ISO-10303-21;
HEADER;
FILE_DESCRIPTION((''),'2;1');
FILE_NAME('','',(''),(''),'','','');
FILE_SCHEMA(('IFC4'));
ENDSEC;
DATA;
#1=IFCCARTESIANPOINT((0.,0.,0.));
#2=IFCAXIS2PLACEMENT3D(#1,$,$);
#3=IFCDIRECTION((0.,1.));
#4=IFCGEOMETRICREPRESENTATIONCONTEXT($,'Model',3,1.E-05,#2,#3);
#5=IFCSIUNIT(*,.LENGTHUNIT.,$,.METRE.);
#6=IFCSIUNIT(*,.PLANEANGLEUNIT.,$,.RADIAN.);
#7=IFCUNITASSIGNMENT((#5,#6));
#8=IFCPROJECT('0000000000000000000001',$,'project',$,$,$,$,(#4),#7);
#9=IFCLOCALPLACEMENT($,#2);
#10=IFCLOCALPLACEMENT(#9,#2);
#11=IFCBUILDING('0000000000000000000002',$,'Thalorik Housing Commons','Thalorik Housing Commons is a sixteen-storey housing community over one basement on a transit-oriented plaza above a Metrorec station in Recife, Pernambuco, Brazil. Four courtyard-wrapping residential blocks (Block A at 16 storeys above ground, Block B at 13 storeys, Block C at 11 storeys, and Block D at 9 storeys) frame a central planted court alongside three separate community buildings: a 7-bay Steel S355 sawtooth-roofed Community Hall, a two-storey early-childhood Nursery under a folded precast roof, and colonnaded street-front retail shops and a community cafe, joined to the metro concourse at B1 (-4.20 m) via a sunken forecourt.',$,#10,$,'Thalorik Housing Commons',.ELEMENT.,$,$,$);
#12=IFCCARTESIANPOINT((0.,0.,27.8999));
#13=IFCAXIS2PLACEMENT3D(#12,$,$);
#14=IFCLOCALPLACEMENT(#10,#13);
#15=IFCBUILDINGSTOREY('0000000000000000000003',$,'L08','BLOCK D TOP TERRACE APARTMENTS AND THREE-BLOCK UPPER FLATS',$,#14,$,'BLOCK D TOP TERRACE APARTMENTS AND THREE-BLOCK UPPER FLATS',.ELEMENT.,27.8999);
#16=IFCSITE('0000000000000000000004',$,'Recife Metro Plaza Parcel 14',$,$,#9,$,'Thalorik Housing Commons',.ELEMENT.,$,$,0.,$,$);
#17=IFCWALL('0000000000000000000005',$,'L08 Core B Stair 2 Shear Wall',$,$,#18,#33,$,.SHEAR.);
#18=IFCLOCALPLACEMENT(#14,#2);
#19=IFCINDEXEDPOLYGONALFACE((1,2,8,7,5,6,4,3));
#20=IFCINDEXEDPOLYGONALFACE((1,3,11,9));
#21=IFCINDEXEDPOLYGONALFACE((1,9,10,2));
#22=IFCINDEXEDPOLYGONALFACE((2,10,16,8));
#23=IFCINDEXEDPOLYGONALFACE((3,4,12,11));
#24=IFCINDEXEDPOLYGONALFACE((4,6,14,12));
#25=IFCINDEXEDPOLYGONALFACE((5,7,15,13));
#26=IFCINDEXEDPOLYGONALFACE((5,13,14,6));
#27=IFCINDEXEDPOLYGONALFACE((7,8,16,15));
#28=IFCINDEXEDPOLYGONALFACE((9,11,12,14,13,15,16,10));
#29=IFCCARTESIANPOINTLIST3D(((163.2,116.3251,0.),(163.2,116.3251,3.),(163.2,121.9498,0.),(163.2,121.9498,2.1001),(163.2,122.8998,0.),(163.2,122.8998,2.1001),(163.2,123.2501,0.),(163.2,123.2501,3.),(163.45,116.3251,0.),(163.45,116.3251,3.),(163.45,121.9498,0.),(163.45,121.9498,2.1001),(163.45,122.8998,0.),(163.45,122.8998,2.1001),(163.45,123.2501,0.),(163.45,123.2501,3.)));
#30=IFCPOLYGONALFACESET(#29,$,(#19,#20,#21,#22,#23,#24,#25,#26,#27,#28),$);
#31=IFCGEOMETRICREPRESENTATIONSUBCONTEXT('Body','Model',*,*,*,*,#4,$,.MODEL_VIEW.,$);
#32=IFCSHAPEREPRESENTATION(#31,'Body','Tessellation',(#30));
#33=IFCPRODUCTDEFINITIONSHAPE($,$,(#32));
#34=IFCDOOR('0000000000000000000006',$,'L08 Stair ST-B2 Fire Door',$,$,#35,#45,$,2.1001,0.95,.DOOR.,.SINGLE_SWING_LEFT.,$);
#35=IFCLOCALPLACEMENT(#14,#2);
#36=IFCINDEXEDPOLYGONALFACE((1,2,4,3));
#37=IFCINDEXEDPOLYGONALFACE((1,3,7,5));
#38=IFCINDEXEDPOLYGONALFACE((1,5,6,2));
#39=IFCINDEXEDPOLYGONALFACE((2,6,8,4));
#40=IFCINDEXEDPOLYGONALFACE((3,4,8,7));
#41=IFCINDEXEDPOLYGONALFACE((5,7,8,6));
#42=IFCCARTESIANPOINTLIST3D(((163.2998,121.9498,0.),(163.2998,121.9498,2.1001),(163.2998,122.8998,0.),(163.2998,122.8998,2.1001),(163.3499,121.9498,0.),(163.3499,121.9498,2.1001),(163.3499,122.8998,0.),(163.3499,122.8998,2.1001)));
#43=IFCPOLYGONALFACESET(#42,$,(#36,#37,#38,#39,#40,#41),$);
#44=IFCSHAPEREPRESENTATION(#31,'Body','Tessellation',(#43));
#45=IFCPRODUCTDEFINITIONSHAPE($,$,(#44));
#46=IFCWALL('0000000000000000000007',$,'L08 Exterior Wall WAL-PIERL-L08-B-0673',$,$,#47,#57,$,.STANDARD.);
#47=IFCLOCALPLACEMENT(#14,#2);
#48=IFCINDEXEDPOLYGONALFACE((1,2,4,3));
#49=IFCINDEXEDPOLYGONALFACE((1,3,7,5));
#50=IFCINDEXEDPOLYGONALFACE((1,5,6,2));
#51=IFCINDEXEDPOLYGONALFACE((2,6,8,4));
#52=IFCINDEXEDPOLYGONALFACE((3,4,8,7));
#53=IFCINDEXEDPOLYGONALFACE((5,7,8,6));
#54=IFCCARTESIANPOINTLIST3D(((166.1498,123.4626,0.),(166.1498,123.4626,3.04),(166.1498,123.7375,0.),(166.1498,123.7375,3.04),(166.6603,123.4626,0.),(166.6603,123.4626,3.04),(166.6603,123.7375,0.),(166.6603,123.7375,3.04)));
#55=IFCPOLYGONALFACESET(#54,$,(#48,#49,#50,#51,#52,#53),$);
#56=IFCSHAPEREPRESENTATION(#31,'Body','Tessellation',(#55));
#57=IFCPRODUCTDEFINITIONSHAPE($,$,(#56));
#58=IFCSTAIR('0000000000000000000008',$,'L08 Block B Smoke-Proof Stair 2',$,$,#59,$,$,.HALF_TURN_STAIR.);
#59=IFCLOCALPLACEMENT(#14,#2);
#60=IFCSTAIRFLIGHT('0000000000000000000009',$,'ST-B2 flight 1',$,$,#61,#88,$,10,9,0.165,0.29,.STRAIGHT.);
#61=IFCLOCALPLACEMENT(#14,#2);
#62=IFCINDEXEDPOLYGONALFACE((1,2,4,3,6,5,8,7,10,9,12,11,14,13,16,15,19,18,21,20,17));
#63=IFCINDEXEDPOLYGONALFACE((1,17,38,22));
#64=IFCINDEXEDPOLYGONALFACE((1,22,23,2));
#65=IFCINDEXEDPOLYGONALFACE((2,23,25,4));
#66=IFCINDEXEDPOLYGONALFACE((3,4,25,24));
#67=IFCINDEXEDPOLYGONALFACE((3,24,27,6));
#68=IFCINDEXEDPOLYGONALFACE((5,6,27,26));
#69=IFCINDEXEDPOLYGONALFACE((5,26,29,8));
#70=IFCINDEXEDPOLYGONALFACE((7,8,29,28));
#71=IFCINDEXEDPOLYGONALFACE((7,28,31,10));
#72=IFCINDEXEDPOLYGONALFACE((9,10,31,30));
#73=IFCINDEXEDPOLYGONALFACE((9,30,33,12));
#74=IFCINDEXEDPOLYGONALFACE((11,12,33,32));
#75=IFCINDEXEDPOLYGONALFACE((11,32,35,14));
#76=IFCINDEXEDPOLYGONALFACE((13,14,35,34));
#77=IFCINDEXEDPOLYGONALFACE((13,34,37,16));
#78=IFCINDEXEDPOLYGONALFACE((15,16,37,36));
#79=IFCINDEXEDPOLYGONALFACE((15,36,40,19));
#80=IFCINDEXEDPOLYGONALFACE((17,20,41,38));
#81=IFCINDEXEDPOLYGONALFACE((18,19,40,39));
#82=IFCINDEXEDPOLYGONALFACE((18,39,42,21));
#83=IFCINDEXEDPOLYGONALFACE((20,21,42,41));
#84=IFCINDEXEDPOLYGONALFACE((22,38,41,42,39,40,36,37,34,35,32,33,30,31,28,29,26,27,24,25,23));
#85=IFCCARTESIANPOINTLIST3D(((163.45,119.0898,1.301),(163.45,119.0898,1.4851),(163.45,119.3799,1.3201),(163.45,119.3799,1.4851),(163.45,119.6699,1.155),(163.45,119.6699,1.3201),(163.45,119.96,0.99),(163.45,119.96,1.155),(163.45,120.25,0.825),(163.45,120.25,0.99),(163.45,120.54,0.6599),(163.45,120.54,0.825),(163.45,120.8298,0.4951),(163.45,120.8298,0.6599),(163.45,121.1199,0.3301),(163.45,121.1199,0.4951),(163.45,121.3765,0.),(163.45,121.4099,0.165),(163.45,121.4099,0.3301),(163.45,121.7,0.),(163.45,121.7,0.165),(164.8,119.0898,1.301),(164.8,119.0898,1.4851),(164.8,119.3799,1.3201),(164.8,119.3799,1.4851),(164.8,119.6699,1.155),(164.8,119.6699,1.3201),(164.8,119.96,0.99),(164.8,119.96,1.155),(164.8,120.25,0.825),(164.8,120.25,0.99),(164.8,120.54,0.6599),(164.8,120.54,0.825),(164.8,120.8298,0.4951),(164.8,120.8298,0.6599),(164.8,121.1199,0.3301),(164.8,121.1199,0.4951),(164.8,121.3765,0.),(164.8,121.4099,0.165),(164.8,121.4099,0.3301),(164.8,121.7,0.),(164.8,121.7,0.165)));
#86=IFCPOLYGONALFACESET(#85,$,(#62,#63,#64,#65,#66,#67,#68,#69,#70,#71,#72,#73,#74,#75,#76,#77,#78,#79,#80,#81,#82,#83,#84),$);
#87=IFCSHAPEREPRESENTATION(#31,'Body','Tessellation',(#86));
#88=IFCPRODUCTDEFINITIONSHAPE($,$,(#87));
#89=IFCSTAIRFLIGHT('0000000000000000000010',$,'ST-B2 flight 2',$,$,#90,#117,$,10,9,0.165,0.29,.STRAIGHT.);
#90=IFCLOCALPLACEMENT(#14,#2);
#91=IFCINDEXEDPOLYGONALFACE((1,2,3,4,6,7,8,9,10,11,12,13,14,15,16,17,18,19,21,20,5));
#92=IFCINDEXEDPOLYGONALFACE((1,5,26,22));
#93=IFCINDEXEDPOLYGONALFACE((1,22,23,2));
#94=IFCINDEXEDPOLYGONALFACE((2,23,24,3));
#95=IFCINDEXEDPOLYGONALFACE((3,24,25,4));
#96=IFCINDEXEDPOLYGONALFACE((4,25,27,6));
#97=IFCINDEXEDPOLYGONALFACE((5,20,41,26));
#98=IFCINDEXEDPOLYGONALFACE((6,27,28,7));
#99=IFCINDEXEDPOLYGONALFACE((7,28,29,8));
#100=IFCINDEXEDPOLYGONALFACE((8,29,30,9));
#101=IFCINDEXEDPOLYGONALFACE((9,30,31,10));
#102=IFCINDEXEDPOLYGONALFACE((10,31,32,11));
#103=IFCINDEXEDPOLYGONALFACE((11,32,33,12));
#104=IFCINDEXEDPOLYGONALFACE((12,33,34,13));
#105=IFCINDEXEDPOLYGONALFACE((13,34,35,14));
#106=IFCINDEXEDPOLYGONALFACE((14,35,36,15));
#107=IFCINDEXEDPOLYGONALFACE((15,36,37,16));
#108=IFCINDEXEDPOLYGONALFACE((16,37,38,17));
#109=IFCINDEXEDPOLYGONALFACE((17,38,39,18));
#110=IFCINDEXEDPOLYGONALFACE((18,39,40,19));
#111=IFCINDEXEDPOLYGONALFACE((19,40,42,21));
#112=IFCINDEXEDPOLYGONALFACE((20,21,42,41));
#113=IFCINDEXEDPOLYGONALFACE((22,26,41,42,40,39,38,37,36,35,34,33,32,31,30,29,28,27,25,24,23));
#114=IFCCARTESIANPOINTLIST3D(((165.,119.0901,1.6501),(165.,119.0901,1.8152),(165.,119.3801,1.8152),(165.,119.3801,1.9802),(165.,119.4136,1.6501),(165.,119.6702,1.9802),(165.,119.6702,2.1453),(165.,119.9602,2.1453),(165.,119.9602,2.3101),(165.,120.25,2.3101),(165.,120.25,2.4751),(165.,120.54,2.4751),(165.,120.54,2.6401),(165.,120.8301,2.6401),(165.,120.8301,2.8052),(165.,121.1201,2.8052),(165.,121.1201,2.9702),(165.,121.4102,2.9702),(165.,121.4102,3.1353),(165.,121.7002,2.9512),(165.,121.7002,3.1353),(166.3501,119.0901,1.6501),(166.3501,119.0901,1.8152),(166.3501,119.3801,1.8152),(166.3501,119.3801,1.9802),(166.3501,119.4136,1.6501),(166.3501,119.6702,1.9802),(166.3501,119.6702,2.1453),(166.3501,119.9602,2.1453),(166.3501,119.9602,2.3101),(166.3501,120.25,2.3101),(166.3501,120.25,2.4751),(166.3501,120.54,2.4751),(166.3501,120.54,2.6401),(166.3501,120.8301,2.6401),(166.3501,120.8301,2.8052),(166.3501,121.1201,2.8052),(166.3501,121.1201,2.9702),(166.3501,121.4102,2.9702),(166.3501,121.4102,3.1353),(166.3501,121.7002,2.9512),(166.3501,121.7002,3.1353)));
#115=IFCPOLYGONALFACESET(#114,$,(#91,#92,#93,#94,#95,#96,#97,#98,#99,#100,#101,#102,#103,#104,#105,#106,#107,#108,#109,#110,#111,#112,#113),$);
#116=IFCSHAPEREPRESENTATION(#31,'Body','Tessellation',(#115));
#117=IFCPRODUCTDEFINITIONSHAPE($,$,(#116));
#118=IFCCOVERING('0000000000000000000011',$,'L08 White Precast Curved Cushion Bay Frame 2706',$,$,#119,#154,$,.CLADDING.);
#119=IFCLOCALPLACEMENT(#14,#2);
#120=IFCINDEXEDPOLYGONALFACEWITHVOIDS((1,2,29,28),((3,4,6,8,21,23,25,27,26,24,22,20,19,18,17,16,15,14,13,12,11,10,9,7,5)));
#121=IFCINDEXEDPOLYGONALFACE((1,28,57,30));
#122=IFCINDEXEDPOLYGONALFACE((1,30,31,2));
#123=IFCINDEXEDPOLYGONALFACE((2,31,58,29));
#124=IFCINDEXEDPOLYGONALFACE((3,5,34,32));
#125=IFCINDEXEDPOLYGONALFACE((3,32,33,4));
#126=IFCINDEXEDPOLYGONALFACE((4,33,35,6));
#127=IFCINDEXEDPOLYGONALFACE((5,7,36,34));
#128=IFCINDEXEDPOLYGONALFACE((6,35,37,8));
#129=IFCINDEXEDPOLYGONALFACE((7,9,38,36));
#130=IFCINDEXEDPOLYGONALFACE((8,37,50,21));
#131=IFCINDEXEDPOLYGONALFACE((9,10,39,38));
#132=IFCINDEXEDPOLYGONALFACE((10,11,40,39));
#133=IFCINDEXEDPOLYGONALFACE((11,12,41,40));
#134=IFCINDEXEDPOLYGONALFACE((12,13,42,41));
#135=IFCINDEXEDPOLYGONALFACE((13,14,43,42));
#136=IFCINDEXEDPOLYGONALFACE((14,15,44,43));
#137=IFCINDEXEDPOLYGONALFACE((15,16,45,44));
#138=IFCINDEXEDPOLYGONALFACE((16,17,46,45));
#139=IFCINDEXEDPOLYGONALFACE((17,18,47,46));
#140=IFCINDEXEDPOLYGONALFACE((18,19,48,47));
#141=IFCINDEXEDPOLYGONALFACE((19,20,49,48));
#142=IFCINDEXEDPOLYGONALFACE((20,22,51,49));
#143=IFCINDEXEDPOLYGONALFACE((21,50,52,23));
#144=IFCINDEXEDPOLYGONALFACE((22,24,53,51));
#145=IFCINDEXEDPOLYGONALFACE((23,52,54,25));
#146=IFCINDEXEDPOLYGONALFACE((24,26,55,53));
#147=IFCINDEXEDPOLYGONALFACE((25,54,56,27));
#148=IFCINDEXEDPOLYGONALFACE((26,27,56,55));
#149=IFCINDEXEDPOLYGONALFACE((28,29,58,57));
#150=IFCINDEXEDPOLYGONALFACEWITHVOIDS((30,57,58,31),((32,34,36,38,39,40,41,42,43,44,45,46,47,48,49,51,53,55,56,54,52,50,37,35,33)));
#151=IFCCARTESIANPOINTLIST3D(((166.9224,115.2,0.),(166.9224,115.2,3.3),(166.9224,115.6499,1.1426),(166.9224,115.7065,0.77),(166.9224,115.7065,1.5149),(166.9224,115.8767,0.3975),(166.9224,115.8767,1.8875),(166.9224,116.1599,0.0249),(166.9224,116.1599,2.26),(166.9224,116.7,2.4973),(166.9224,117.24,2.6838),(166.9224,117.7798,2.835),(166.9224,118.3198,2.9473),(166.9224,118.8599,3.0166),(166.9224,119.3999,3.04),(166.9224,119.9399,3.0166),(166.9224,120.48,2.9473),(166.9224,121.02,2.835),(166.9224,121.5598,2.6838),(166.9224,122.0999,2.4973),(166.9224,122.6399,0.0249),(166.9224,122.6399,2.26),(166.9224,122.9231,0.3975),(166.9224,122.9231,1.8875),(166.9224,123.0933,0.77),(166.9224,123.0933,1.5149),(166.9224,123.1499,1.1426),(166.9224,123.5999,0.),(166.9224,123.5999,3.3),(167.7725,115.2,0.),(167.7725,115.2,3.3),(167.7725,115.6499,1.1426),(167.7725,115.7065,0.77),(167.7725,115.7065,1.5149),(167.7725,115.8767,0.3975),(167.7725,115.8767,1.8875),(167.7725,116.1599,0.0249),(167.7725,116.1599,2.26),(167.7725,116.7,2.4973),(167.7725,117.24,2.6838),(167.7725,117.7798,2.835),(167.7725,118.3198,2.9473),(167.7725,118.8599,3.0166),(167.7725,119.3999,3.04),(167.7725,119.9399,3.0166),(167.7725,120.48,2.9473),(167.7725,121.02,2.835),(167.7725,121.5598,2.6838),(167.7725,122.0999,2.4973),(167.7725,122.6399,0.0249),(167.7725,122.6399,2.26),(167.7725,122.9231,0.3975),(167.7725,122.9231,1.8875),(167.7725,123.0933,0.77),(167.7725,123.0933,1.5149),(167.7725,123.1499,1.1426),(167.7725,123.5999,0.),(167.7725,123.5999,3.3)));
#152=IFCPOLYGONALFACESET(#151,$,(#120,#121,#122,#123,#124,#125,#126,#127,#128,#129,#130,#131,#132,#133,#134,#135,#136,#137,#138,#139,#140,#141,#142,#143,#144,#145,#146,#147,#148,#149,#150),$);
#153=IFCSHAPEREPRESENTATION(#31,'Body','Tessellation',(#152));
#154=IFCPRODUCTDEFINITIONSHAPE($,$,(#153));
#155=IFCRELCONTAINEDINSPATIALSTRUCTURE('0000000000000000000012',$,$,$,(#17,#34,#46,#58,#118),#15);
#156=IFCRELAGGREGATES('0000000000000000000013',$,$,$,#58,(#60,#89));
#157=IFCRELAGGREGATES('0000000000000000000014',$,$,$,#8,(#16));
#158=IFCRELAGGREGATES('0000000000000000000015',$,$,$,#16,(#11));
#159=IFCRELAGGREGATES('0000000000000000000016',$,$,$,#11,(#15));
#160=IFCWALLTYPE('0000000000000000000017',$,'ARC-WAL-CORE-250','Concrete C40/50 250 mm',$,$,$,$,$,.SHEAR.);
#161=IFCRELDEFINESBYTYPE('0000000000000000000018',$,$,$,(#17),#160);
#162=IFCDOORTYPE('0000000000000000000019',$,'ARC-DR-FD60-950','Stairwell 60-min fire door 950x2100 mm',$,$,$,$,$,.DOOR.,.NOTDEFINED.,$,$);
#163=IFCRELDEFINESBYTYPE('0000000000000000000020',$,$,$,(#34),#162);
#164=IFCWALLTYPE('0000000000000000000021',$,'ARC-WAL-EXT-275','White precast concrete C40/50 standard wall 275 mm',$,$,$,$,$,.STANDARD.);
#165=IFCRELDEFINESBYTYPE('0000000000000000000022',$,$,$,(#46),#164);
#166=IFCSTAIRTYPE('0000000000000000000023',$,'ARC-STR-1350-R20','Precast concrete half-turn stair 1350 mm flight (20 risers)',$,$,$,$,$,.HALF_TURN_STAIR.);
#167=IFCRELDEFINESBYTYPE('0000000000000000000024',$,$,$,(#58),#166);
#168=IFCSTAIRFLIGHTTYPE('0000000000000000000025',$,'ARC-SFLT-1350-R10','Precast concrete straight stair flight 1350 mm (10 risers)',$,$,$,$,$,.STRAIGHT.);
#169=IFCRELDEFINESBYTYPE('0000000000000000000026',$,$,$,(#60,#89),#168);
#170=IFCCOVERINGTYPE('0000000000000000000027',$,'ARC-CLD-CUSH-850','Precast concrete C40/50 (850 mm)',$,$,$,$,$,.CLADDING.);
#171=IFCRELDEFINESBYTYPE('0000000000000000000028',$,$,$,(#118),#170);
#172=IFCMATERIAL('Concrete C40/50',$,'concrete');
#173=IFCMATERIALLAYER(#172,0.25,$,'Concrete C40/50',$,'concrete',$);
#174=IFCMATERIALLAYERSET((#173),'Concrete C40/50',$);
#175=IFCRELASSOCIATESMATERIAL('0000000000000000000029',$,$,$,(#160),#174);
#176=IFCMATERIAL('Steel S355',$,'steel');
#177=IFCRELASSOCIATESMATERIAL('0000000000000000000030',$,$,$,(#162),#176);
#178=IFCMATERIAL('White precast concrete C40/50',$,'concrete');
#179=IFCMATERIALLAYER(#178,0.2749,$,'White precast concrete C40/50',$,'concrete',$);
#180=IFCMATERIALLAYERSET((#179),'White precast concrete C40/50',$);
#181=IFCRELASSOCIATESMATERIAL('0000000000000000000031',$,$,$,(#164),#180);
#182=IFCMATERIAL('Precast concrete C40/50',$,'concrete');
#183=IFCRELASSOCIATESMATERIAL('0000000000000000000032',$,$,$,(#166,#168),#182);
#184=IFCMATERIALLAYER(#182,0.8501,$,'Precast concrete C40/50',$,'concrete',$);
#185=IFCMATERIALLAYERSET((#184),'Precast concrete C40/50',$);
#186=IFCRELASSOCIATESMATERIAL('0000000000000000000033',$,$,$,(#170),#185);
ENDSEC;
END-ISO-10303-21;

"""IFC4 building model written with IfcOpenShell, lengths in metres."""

from ifc_helpers import new_model, si_unit, direction, frame, frame_2d, origin, place, context, subcontext, project, spatial, polyline, rectangle, outline, extrude, material, layer, layer_set, type_object, element, fill, aggregate, save


model = new_model("IFC4")

# Units and contexts
model_context = context("Model", 3, precision=1e-05, world=origin(), true_north=direction((0.0, 1.0)))
body_context = subcontext(model_context, "Body", "Model", "MODEL_VIEW")
ifc_project = project(units=[si_unit("LENGTHUNIT", "METRE"), si_unit("PLANEANGLEUNIT", "RADIAN")], contexts=[model_context])

# Site, building, storey
site_placement = place(None, origin())
site = spatial("IfcSite", under=ifc_project, at=site_placement, Name="Recife Metro Plaza Parcel 14", LongName="Thalorik Housing Commons", CompositionType="ELEMENT", RefElevation=0.0)
building_placement = place(site_placement, origin())
building = spatial("IfcBuilding", under=site, at=building_placement, Name="Thalorik Housing Commons", Description="Thalorik Housing Commons is a sixteen-storey housing community over one basement on a transit-oriented plaza above a Metrorec station in Recife, Pernambuco, Brazil. Four courtyard-wrapping residential blocks (Block A at 16 storeys above ground, Block B at 13 storeys, Block C at 11 storeys, and Block D at 9 storeys) frame a central planted court alongside three separate community buildings: a 7-bay Steel S355 sawtooth-roofed Community Hall, a two-storey early-childhood Nursery under a folded precast roof, and colonnaded street-front retail shops and a community cafe, joined to the metro concourse at B1 (-4.20 m) via a sunken forecourt.", LongName="Thalorik Housing Commons", CompositionType="ELEMENT")
storey_placement = place(building_placement, frame((0.0, 0.0, 27.8999)))
storey = spatial("IfcBuildingStorey", under=building, at=storey_placement, Name="L08", Description="BLOCK D TOP TERRACE APARTMENTS AND THREE-BLOCK UPPER FLATS", LongName="BLOCK D TOP TERRACE APARTMENTS AND THREE-BLOCK UPPER FLATS", CompositionType="ELEMENT", Elevation=27.8999)

# Shared definitions
ifc_material_1 = material(Name="Precast concrete C40/50", Category="concrete")

# Shared definitions
ifc_material_2 = material(Name="Concrete C40/50", Category="concrete")
ifc_layer_1 = layer(ifc_material_2, 0.25, Name="Concrete C40/50", Category="concrete")
ifc_layer_set_1 = layer_set([ifc_layer_1], Name="Concrete C40/50")
wall_type_1 = type_object("IfcWallType", Name="ARC-WAL-CORE-250", Description="Concrete C40/50 250 mm", PredefinedType="SHEAR", material=ifc_layer_set_1)

# Wall, opening, door
wall_1_placement = place(storey_placement, frame((163.325, 123.25, 0.0), z_axis=(0.0, 0.0, 1.0), x_axis=(0.0, -1.0, 0.0)))
wall_1 = element("IfcWall", 1, at=wall_1_placement, inside=storey, type_object=wall_type_1, Name="L08 Core B Stair 2 Shear Wall", PredefinedType="SHEAR", context=body_context, shape_type="SweptSolid", body=[
    extrude(rectangle(XDim=6.925, YDim=0.25, at=frame_2d((3.4624, 0.0))), origin(), (0.0, 0.0, 1.0), 3.0),
])
opening_placement = place(wall_1_placement, frame((0.3501, 0.0, 0.0)))
opening = element("IfcOpeningElement", 2, at=opening_placement, cuts=wall_1, PredefinedType="OPENING", context=body_context, shape_type="SweptSolid", body=[
    extrude(rectangle(XDim=0.95, YDim=2.1001, at=frame_2d((0.4751, 1.05))), frame((0.0, 0.135, 0.0), z_axis=(0.0, -1.0, 0.0), x_axis=(1.0, 0.0, 0.0)), (0.0, 0.0, 1.0), 0.27),
])
ifc_material_3 = material(Name="Steel S355", Category="steel")
door_type = type_object("IfcDoorType", Name="ARC-DR-FD60-950", Description="Stairwell 60-min fire door 950x2100 mm", OperationType="NOTDEFINED", PredefinedType="DOOR", material=ifc_material_3)
door_placement = place(opening_placement, origin())
door = element("IfcDoor", 3, at=door_placement, inside=storey, type_object=door_type, Name="L08 Stair ST-B2 Fire Door", OperationType="SINGLE_SWING_LEFT", OverallHeight=2.1001, OverallWidth=0.95, PredefinedType="DOOR", context=body_context, shape_type="SweptSolid", body=[
    extrude(rectangle(XDim=0.95, YDim=2.1001, at=frame_2d((0.4751, 1.05))), frame((0.0, 0.0249, 0.0), z_axis=(0.0, -1.0, 0.0), x_axis=(1.0, 0.0, 0.0)), (0.0, 0.0, 1.0), 0.05),
])
fill(opening, door)

# Wall
ifc_material_4 = material(Name="White precast concrete C40/50", Category="concrete")
ifc_layer_2 = layer(ifc_material_4, 0.2749, Name="White precast concrete C40/50", Category="concrete")
ifc_layer_set_2 = layer_set([ifc_layer_2], Name="White precast concrete C40/50")
wall_type_2 = type_object("IfcWallType", Name="ARC-WAL-EXT-275", Description="White precast concrete C40/50 standard wall 275 mm", PredefinedType="STANDARD", material=ifc_layer_set_2)
wall_2_placement = place(storey_placement, frame((166.6604, 123.6001, 0.0), z_axis=(0.0, 0.0, 1.0), x_axis=(-1.0, 0.0, 0.0)))
element("IfcWall", 4, at=wall_2_placement, inside=storey, type_object=wall_type_2, Name="L08 Exterior Wall WAL-PIERL-L08-B-0673", PredefinedType="STANDARD", context=body_context, shape_type="SweptSolid", body=[
    extrude(rectangle(XDim=0.5105, YDim=0.2749, at=frame_2d((0.2554, 0.0))), origin(), (0.0, 0.0, 1.0), 3.04),
])

# Stair, stair flights
stair_type = type_object("IfcStairType", Name="ARC-STR-1350-R20", Description="Precast concrete half-turn stair 1350 mm flight (20 risers)", PredefinedType="HALF_TURN_STAIR", material=ifc_material_1)
stair_placement = place(storey_placement, origin())
stair = element("IfcStair", 5, at=stair_placement, inside=storey, type_object=stair_type, Name="L08 Block B Smoke-Proof Stair 2", PredefinedType="HALF_TURN_STAIR")
stair_flight_type = type_object("IfcStairFlightType", Name="ARC-SFLT-1350-R10", Description="Precast concrete straight stair flight 1350 mm (10 risers)", PredefinedType="STRAIGHT", material=ifc_material_1)
stair_flight_1_placement = place(storey_placement, frame((164.125, 121.7, 0.0), z_axis=(0.0, 0.0, 1.0), x_axis=(0.0, -1.0, 0.0)))
stair_flight_1 = element("IfcStairFlight", 6, at=stair_flight_1_placement, type_object=stair_flight_type, Name="ST-B2 flight 1", NumberOfRisers=10, NumberOfTreads=9, PredefinedType="STRAIGHT", RiserHeight=0.165, TreadLength=0.29, context=body_context, shape_type="SweptSolid", body=[
    extrude(outline(polyline([(0.0, 0.0), (0.0, 0.165), (0.29, 0.165), (0.29, 0.3301), (0.5801, 0.3301), (0.5801, 0.4951), (0.8701, 0.4951), (0.8701, 0.6599), (1.1599, 0.6599), (1.1599, 0.825), (1.45, 0.825), (1.45, 0.99), (1.74, 0.99), (1.74, 1.155), (2.03, 1.155), (2.03, 1.3201), (2.3201, 1.3201), (2.3201, 1.4851), (2.6101, 1.4851), (2.6101, 1.6499), (2.6101, 1.301), (0.3235, 0.0), (0.0, 0.0)])), frame((0.0, 0.675, 0.0), z_axis=(0.0, -1.0, 0.0), x_axis=(1.0, 0.0, 0.0)), (0.0, 0.0, 1.0), 1.3501),
])
stair_flight_2_placement = place(storey_placement, frame((165.675, 119.0901, 1.6501), z_axis=(0.0, 0.0, 1.0), x_axis=(0.0, 1.0, 0.0)))
stair_flight_2 = element("IfcStairFlight", 7, at=stair_flight_2_placement, type_object=stair_flight_type, Name="ST-B2 flight 2", NumberOfRisers=10, NumberOfTreads=9, PredefinedType="STRAIGHT", RiserHeight=0.165, TreadLength=0.29, context=body_context, shape_type="SweptSolid", body=[
    extrude(outline(polyline([(0.0, 0.0), (0.0, 0.165), (0.29, 0.165), (0.29, 0.3301), (0.5801, 0.3301), (0.5801, 0.4951), (0.8701, 0.4951), (0.8701, 0.6599), (1.1599, 0.6599), (1.1599, 0.825), (1.45, 0.825), (1.45, 0.99), (1.74, 0.99), (1.74, 1.155), (2.03, 1.155), (2.03, 1.3201), (2.3201, 1.3201), (2.3201, 1.4851), (2.6101, 1.4851), (2.6101, 1.6499), (2.6101, 1.301), (0.3235, 0.0), (0.0, 0.0)])), frame((0.0, 0.675, 0.0), z_axis=(0.0, -1.0, 0.0), x_axis=(1.0, 0.0, 0.0)), (0.0, 0.0, 1.0), 1.3501),
])
aggregate(stair, [stair_flight_1, stair_flight_2])

# Covering
ifc_layer_3 = layer(ifc_material_1, 0.8501, Name="Precast concrete C40/50", Category="concrete")
ifc_layer_set_3 = layer_set([ifc_layer_3], Name="Precast concrete C40/50")
covering_type = type_object("IfcCoveringType", Name="ARC-CLD-CUSH-850", Description="Precast concrete C40/50 (850 mm)", PredefinedType="CLADDING", material=ifc_layer_set_3)
covering_placement = place(storey_placement, frame((167.3474, 119.3999, 0.0), z_axis=(0.0, 0.0, 1.0), x_axis=(0.0, 1.0, 0.0)))
element("IfcCovering", 8, at=covering_placement, inside=storey, type_object=covering_type, Name="L08 White Precast Curved Cushion Bay Frame 2706", PredefinedType="CLADDING", context=body_context, shape_type="SweptSolid", body=[
    extrude(outline(polyline([(-4.2, 0.0), (4.2, 0.0), (4.2, 3.3), (-4.2, 3.3), (-4.2, 0.0)]), holes=[polyline([(3.24, 0.0249), (3.5232, 0.3975), (3.6934, 0.77), (3.75, 1.1426), (3.6934, 1.5149), (3.5232, 1.8875), (3.24, 2.26), (2.7, 2.4973), (2.1599, 2.6838), (1.6201, 2.835), (1.0801, 2.9473), (0.54, 3.0166), (0.0, 3.04), (-0.54, 3.0166), (-1.0801, 2.9473), (-1.6201, 2.835), (-2.1599, 2.6838), (-2.7, 2.4973), (-3.24, 2.26), (-3.5232, 1.8875), (-3.6934, 1.5149), (-3.75, 1.1426), (-3.6934, 0.77), (-3.5232, 0.3975), (-3.24, 0.0249), (3.24, 0.0249)])]), frame((0.0, 0.425, 0.0), z_axis=(0.0, -1.0, 0.0), x_axis=(1.0, 0.0, 0.0)), (0.0, 0.0, 1.0), 0.8501),
])

save(model, "model.ifc")
